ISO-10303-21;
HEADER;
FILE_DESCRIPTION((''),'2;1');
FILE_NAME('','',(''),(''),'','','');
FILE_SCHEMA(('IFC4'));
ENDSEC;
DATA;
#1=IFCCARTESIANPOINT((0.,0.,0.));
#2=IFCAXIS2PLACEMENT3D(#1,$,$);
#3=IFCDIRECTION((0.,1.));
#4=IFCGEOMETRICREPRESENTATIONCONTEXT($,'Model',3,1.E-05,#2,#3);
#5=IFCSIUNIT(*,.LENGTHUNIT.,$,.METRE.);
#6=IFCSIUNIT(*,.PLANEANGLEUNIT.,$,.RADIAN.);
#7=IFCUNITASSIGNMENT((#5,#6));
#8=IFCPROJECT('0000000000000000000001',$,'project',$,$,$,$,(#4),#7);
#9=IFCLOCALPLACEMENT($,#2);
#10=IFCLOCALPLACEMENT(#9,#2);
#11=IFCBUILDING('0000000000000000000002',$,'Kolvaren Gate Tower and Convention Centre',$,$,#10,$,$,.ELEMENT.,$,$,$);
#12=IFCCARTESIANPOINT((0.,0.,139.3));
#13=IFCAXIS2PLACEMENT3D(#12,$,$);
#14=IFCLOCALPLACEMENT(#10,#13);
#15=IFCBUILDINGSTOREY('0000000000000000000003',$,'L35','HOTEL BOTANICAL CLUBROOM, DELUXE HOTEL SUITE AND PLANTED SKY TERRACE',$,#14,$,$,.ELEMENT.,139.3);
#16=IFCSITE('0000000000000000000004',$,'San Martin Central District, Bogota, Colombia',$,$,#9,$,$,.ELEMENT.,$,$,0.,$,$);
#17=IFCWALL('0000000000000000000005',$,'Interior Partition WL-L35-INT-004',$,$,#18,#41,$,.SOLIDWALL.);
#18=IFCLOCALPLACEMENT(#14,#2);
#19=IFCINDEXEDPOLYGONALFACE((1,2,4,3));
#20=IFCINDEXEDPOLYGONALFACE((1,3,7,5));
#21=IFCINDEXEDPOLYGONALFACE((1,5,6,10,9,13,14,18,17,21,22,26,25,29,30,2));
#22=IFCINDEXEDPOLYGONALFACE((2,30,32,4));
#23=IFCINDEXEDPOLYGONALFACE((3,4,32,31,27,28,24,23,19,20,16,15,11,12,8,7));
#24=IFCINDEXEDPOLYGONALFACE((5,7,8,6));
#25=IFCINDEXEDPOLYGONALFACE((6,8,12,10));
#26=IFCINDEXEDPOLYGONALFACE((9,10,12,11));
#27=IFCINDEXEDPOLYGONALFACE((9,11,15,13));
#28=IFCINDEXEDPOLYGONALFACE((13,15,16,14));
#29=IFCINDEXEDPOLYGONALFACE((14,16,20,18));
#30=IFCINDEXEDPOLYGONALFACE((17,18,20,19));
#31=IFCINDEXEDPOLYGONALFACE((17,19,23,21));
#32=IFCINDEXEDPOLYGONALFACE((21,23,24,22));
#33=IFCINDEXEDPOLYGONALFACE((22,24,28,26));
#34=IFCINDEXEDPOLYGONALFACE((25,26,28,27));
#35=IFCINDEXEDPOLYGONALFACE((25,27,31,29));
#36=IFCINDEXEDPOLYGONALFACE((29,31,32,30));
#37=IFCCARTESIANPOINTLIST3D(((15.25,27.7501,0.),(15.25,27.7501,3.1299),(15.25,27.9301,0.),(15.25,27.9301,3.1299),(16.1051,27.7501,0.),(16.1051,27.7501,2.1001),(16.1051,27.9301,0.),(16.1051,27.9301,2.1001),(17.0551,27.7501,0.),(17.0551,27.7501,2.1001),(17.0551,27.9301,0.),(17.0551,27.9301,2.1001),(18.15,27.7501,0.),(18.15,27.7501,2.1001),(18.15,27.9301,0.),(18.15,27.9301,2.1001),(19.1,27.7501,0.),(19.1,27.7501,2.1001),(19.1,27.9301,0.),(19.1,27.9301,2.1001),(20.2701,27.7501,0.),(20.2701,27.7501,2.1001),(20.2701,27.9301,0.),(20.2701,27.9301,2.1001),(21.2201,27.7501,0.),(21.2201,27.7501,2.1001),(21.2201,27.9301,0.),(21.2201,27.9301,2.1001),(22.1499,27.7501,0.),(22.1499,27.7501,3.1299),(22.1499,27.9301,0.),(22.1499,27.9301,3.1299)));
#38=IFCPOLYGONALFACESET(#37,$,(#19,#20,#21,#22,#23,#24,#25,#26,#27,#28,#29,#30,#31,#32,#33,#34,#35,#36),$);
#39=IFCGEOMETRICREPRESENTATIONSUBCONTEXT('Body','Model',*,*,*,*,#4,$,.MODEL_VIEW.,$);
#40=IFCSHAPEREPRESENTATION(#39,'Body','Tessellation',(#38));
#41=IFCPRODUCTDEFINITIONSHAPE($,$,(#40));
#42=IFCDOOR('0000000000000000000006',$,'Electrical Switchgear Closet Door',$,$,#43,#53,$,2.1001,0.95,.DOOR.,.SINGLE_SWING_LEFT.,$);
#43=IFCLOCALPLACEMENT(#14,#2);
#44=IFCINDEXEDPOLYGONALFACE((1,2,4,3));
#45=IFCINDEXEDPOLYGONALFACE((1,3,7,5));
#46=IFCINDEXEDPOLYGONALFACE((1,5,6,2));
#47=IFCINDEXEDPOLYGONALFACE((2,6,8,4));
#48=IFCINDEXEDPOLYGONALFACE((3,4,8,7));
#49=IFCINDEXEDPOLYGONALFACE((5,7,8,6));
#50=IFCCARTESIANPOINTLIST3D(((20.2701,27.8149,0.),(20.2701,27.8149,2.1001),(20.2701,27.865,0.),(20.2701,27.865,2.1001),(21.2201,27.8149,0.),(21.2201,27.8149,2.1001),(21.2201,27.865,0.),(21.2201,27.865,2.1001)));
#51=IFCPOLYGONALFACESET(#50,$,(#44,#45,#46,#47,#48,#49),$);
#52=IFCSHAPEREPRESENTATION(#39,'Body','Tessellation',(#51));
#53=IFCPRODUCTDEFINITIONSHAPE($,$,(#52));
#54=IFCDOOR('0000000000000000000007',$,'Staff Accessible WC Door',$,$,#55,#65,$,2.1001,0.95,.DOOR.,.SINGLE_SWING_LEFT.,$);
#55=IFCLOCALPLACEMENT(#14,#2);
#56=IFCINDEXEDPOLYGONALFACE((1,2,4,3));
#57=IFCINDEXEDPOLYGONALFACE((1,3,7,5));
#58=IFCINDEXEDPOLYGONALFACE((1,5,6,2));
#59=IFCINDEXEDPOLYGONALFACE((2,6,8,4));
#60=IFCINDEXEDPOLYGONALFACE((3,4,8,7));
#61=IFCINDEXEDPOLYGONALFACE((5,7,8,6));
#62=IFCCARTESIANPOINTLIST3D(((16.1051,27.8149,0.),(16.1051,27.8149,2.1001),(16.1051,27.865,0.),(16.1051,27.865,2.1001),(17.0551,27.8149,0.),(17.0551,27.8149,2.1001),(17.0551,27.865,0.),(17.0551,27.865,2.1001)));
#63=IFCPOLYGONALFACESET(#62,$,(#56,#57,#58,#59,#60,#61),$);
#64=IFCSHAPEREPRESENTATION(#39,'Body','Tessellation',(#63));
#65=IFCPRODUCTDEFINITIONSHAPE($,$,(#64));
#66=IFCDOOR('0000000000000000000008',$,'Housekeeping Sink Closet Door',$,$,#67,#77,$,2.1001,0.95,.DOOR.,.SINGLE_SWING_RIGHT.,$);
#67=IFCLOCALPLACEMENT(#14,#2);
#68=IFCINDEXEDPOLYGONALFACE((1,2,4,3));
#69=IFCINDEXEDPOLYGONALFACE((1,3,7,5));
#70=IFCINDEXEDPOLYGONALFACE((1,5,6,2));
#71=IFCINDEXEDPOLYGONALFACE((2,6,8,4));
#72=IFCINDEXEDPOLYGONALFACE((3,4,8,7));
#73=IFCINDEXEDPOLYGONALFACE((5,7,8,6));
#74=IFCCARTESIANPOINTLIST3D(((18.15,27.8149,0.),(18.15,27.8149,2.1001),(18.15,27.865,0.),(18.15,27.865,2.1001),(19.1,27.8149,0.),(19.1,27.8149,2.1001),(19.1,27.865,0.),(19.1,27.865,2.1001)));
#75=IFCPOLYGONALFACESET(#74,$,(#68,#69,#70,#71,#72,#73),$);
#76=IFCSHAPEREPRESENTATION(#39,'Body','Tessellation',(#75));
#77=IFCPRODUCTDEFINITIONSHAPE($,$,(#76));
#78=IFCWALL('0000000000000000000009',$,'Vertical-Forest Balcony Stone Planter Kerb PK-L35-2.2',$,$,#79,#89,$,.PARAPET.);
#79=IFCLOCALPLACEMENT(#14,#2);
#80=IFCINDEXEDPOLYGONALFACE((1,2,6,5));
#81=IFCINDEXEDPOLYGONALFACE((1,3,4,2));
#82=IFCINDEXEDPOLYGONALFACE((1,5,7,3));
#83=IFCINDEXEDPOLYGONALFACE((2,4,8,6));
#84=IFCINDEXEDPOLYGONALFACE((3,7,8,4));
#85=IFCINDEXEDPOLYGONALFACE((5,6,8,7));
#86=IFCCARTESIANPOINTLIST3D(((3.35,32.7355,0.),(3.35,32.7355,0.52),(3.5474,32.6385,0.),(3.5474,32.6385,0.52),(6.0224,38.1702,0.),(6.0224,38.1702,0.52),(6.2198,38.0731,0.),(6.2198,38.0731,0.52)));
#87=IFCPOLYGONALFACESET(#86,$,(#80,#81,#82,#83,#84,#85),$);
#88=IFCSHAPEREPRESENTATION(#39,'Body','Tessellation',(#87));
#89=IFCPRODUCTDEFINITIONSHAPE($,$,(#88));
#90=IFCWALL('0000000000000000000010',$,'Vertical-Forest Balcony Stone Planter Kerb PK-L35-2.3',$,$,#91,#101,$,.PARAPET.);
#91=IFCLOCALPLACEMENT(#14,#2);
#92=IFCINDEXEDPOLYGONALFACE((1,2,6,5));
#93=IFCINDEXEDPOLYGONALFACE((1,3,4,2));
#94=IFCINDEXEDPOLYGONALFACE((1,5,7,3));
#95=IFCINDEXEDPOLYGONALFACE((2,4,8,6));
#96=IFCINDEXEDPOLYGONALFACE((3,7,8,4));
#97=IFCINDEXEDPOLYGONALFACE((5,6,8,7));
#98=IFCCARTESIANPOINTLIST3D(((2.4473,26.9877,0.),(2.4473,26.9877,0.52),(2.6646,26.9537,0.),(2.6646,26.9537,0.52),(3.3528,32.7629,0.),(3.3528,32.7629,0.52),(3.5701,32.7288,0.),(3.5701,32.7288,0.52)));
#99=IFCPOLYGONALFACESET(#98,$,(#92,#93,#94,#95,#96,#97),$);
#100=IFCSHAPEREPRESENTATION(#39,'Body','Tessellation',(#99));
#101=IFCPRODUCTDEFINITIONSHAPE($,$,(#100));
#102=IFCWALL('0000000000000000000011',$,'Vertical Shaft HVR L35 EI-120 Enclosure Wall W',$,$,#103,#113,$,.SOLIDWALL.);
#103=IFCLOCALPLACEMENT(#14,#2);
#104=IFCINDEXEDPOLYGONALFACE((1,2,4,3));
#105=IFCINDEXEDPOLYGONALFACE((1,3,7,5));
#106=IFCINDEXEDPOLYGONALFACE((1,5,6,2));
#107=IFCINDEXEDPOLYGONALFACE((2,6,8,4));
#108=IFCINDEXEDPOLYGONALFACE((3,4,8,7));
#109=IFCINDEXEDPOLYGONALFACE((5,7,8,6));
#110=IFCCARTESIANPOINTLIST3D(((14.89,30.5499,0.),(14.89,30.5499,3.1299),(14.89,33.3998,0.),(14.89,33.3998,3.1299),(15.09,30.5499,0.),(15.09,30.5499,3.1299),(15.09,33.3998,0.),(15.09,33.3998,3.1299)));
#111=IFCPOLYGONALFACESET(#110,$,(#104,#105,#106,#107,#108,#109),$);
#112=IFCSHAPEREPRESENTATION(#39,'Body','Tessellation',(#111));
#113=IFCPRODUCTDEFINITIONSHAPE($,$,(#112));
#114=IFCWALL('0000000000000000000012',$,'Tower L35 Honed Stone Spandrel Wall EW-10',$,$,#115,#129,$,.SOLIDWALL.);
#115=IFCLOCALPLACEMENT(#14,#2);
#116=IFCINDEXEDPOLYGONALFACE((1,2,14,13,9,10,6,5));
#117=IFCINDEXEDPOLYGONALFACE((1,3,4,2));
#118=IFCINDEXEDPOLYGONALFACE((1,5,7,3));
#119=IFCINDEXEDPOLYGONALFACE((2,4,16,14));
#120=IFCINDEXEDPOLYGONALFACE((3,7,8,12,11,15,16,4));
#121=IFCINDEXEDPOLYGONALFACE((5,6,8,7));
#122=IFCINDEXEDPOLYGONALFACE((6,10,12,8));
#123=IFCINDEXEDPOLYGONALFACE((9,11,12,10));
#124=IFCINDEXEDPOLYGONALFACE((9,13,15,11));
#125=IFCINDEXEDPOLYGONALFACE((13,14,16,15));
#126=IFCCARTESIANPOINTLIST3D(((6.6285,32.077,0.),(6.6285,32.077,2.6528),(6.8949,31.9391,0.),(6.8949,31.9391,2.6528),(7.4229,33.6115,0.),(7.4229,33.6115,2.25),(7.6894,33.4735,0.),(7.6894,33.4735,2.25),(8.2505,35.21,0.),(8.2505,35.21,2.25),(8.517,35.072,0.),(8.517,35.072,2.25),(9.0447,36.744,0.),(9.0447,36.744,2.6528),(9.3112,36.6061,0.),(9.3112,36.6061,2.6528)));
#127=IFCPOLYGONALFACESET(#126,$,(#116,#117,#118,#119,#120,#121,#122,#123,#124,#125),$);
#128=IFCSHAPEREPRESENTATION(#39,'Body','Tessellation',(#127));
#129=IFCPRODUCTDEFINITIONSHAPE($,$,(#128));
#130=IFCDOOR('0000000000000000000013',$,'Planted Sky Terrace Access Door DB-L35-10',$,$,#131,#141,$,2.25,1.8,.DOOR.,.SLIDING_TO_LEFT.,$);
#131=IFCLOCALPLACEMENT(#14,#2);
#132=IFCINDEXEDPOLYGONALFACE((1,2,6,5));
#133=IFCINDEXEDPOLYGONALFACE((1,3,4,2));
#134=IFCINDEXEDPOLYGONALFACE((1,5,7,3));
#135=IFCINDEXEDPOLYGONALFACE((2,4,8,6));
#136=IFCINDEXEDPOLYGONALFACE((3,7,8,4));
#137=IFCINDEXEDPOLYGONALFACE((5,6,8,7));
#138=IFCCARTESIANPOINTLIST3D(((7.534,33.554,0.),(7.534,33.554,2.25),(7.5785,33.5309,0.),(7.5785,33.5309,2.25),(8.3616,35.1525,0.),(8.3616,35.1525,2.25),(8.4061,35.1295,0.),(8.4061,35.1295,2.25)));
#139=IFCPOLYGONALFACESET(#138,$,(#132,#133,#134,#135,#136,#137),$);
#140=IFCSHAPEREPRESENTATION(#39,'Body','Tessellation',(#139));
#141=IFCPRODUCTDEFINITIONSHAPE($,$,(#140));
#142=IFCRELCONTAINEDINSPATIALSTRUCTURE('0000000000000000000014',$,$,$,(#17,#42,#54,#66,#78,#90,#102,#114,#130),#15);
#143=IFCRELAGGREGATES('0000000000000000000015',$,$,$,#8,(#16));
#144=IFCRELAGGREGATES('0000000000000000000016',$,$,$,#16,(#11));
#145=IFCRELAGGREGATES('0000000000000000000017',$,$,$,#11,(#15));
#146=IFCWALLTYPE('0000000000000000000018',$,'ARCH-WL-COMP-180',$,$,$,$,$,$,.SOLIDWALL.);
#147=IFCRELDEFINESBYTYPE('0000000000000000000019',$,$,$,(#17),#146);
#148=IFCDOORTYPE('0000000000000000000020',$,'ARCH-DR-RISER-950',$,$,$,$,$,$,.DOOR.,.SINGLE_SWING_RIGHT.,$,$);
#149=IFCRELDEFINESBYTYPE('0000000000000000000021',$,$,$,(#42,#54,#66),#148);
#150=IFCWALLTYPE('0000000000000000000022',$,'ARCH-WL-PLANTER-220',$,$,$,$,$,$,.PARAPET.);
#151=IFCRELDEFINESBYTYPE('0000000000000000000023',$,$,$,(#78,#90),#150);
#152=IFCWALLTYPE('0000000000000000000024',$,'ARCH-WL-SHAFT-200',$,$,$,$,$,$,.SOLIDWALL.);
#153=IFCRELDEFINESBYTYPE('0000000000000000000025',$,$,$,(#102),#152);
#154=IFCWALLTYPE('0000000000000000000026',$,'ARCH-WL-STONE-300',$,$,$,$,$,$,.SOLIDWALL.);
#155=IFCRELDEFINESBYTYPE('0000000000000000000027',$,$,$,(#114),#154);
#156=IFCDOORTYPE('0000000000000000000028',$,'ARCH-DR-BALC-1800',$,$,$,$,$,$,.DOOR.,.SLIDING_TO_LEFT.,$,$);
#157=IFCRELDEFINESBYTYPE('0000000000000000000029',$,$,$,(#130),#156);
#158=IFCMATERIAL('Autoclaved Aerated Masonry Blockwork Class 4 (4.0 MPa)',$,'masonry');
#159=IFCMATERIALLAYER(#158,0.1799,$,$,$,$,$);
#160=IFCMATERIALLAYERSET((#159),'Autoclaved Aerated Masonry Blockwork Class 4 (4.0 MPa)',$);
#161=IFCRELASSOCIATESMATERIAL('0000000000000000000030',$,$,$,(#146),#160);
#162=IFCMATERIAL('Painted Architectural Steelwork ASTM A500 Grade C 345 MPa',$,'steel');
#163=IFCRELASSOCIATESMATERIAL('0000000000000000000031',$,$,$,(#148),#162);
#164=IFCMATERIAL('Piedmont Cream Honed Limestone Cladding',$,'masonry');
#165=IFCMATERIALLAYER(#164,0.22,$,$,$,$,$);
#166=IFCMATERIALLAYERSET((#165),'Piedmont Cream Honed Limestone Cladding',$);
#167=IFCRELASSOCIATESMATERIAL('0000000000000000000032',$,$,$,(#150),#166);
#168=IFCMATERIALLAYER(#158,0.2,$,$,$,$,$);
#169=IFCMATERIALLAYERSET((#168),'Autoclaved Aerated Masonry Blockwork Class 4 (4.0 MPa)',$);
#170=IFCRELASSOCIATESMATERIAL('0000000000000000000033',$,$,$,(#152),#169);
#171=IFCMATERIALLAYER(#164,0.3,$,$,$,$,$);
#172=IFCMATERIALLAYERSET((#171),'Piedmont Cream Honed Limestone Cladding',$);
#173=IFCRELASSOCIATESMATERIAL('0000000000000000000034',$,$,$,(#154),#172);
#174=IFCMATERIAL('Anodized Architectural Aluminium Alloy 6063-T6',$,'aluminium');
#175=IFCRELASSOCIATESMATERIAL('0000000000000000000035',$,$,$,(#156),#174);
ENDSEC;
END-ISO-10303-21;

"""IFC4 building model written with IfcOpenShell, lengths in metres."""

from ifc_helpers import new_model, si_unit, direction, frame, frame_2d, origin, place, context, subcontext, project, spatial, rectangle, extrude, material, layer, layer_set, type_object, element, fill, save


model = new_model("IFC4")

# Units and contexts
model_context = context("Model", 3, precision=1e-05, world=origin(), true_north=direction((0.0, 1.0)))
body_context = subcontext(model_context, "Body", "Model", "MODEL_VIEW")
ifc_project = project(units=[si_unit("LENGTHUNIT", "METRE"), si_unit("PLANEANGLEUNIT", "RADIAN")], contexts=[model_context])

# Site, building, storey
site_placement = place(None, origin())
site = spatial("IfcSite", under=ifc_project, at=site_placement, Name="San Martin Central District, Bogota, Colombia", CompositionType="ELEMENT", RefElevation=0.0)
building_placement = place(site_placement, origin())
building = spatial("IfcBuilding", under=site, at=building_placement, Name="Kolvaren Gate Tower and Convention Centre", CompositionType="ELEMENT")
storey_placement = place(building_placement, frame((0.0, 0.0, 139.3)))
storey = spatial("IfcBuildingStorey", under=building, at=storey_placement, Name="L35", Description="HOTEL BOTANICAL CLUBROOM, DELUXE HOTEL SUITE AND PLANTED SKY TERRACE", CompositionType="ELEMENT", Elevation=139.3)

# Wall, openings, doors
ifc_material_1 = material(Name="Autoclaved Aerated Masonry Blockwork Class 4 (4.0 MPa)", Category="masonry")
ifc_layer_1 = layer(ifc_material_1, 0.1799)
ifc_layer_set_1 = layer_set([ifc_layer_1], Name="Autoclaved Aerated Masonry Blockwork Class 4 (4.0 MPa)")
wall_type_1 = type_object("IfcWallType", Name="ARCH-WL-COMP-180", PredefinedType="SOLIDWALL", material=ifc_layer_set_1)
wall_1_placement = place(storey_placement, frame((15.25, 27.8401, 0.0), z_axis=(0.0, 0.0, 1.0), x_axis=(1.0, 0.0, 0.0)))
wall_1 = element("IfcWall", 1, at=wall_1_placement, inside=storey, type_object=wall_type_1, Name="Interior Partition WL-L35-INT-004", PredefinedType="SOLIDWALL", context=body_context, shape_type="SweptSolid", body=[
    extrude(rectangle(XDim=6.8999, YDim=0.1799, at=frame_2d((3.45, 0.0))), origin(), (0.0, 0.0, 1.0), 3.1299),
])
opening_1_placement = place(wall_1_placement, frame((5.02, 0.0, 0.0)))
opening_1 = element("IfcOpeningElement", 2, at=opening_1_placement, cuts=wall_1, PredefinedType="OPENING", context=body_context, shape_type="SweptSolid", body=[
    extrude(rectangle(XDim=0.95, YDim=2.1001, at=frame_2d((0.4751, 1.05))), frame((0.0, 0.0999, 0.0), z_axis=(0.0, -1.0, 0.0), x_axis=(1.0, 0.0, 0.0)), (0.0, 0.0, 1.0), 0.2),
])
opening_2_placement = place(wall_1_placement, frame((0.855, 0.0, 0.0)))
opening_2 = element("IfcOpeningElement", 3, at=opening_2_placement, cuts=wall_1, PredefinedType="OPENING", context=body_context, shape_type="SweptSolid", body=[
    extrude(rectangle(XDim=0.95, YDim=2.1001, at=frame_2d((0.4751, 1.05))), frame((0.0, 0.0999, 0.0), z_axis=(0.0, -1.0, 0.0), x_axis=(1.0, 0.0, 0.0)), (0.0, 0.0, 1.0), 0.2),
])
opening_3_placement = place(wall_1_placement, frame((2.8999, 0.0, 0.0)))
opening_3 = element("IfcOpeningElement", 4, at=opening_3_placement, cuts=wall_1, PredefinedType="OPENING", context=body_context, shape_type="SweptSolid", body=[
    extrude(rectangle(XDim=0.95, YDim=2.1001, at=frame_2d((0.4751, 1.05))), frame((0.0, 0.0999, 0.0), z_axis=(0.0, -1.0, 0.0), x_axis=(1.0, 0.0, 0.0)), (0.0, 0.0, 1.0), 0.2),
])
ifc_material_2 = material(Name="Painted Architectural Steelwork ASTM A500 Grade C 345 MPa", Category="steel")
door_type_1 = type_object("IfcDoorType", Name="ARCH-DR-RISER-950", OperationType="SINGLE_SWING_RIGHT", PredefinedType="DOOR", material=ifc_material_2)
door_1_placement = place(opening_1_placement, origin())
door_1 = element("IfcDoor", 5, at=door_1_placement, inside=storey, type_object=door_type_1, Name="Electrical Switchgear Closet Door", OperationType="SINGLE_SWING_LEFT", OverallHeight=2.1001, OverallWidth=0.95, PredefinedType="DOOR", context=body_context, shape_type="SweptSolid", body=[
    extrude(rectangle(XDim=0.95, YDim=2.1001, at=frame_2d((0.4751, 1.05))), frame((0.0, 0.0249, 0.0), z_axis=(0.0, -1.0, 0.0), x_axis=(1.0, 0.0, 0.0)), (0.0, 0.0, 1.0), 0.05),
])
fill(opening_1, door_1)
door_2_placement = place(opening_2_placement, origin())
door_2 = element("IfcDoor", 6, at=door_2_placement, inside=storey, type_object=door_type_1, Name="Staff Accessible WC Door", OperationType="SINGLE_SWING_LEFT", OverallHeight=2.1001, OverallWidth=0.95, PredefinedType="DOOR", context=body_context, shape_type="SweptSolid", body=[
    extrude(rectangle(XDim=0.95, YDim=2.1001, at=frame_2d((0.4751, 1.05))), frame((0.0, 0.0249, 0.0), z_axis=(0.0, -1.0, 0.0), x_axis=(1.0, 0.0, 0.0)), (0.0, 0.0, 1.0), 0.05),
])
fill(opening_2, door_2)
door_3_placement = place(opening_3_placement, origin())
door_3 = element("IfcDoor", 7, at=door_3_placement, inside=storey, type_object=door_type_1, Name="Housekeeping Sink Closet Door", OperationType="SINGLE_SWING_RIGHT", OverallHeight=2.1001, OverallWidth=0.95, PredefinedType="DOOR", context=body_context, shape_type="SweptSolid", body=[
    extrude(rectangle(XDim=0.95, YDim=2.1001, at=frame_2d((0.4751, 1.05))), frame((0.0, 0.0249, 0.0), z_axis=(0.0, -1.0, 0.0), x_axis=(1.0, 0.0, 0.0)), (0.0, 0.0, 1.0), 0.05),
])
fill(opening_3, door_3)

# Walls
ifc_material_3 = material(Name="Piedmont Cream Honed Limestone Cladding", Category="masonry")
ifc_layer_2 = layer(ifc_material_3, 0.22)
ifc_layer_set_2 = layer_set([ifc_layer_2], Name="Piedmont Cream Honed Limestone Cladding")
wall_type_2 = type_object("IfcWallType", Name="ARCH-WL-PLANTER-220", PredefinedType="PARAPET", material=ifc_layer_set_2)
wall_2_placement = place(storey_placement, frame((3.4487, 32.687, 0.0), z_axis=(0.0, 0.0, 1.0), x_axis=(0.44127, 0.897375, 0.0)))
element("IfcWall", 8, at=wall_2_placement, inside=storey, type_object=wall_type_2, Name="Vertical-Forest Balcony Stone Planter Kerb PK-L35-2.2", PredefinedType="PARAPET", context=body_context, shape_type="SweptSolid", body=[
    extrude(rectangle(XDim=6.0562, YDim=0.22, at=frame_2d((3.0281, 0.0))), origin(), (0.0, 0.0, 1.0), 0.52),
])
wall_3_placement = place(storey_placement, frame((2.5559, 26.9707, 0.0), z_axis=(0.0, 0.0, 1.0), x_axis=(0.154903, 0.98793, 0.0)))
element("IfcWall", 9, at=wall_3_placement, inside=storey, type_object=wall_type_2, Name="Vertical-Forest Balcony Stone Planter Kerb PK-L35-2.3", PredefinedType="PARAPET", context=body_context, shape_type="SweptSolid", body=[
    extrude(rectangle(XDim=5.8457, YDim=0.22, at=frame_2d((2.9229, 0.0))), origin(), (0.0, 0.0, 1.0), 0.52),
])
ifc_layer_3 = layer(ifc_material_1, 0.2)
ifc_layer_set_3 = layer_set([ifc_layer_3], Name="Autoclaved Aerated Masonry Blockwork Class 4 (4.0 MPa)")
wall_type_3 = type_object("IfcWallType", Name="ARCH-WL-SHAFT-200", PredefinedType="SOLIDWALL", material=ifc_layer_set_3)
wall_4_placement = place(storey_placement, frame((14.99, 30.55, 0.0), z_axis=(0.0, 0.0, 1.0), x_axis=(0.0, 1.0, 0.0)))
element("IfcWall", 10, at=wall_4_placement, inside=storey, type_object=wall_type_3, Name="Vertical Shaft HVR L35 EI-120 Enclosure Wall W", PredefinedType="SOLIDWALL", context=body_context, shape_type="SweptSolid", body=[
    extrude(rectangle(XDim=2.8499, YDim=0.2, at=frame_2d((1.4248, 0.0))), origin(), (0.0, 0.0, 1.0), 3.1299),
])

# Wall, opening, door
ifc_layer_4 = layer(ifc_material_3, 0.3)
ifc_layer_set_4 = layer_set([ifc_layer_4], Name="Piedmont Cream Honed Limestone Cladding")
wall_type_4 = type_object("IfcWallType", Name="ARCH-WL-STONE-300", PredefinedType="SOLIDWALL", material=ifc_layer_set_4)
wall_5_placement = place(storey_placement, frame((6.7617, 32.0081, 0.0), z_axis=(0.0, 0.0, 1.0), x_axis=(0.459768, 0.888039, 0.0)))
wall_5 = element("IfcWall", 11, at=wall_5_placement, inside=storey, type_object=wall_type_4, Name="Tower L35 Honed Stone Spandrel Wall EW-10", PredefinedType="SOLIDWALL", context=body_context, shape_type="SweptSolid", body=[
    extrude(rectangle(XDim=5.2554, YDim=0.3, at=frame_2d((2.6277, 0.0))), origin(), (0.0, 0.0, 1.0), 2.6528),
])
opening_4_placement = place(wall_5_placement, frame((1.728, 0.0, 0.0)))
opening_4 = element("IfcOpeningElement", 12, at=opening_4_placement, cuts=wall_5, PredefinedType="OPENING", context=body_context, shape_type="SweptSolid", body=[
    extrude(rectangle(XDim=1.8, YDim=2.25, at=frame_2d((0.8999, 1.125))), frame((0.0, 0.1599, 0.0), z_axis=(0.0, -1.0, 0.0), x_axis=(1.0, 0.0, 0.0)), (0.0, 0.0, 1.0), 0.3201),
])
ifc_material_4 = material(Name="Anodized Architectural Aluminium Alloy 6063-T6", Category="aluminium")
door_type_2 = type_object("IfcDoorType", Name="ARCH-DR-BALC-1800", OperationType="SLIDING_TO_LEFT", PredefinedType="DOOR", material=ifc_material_4)
door_4_placement = place(opening_4_placement, origin())
door_4 = element("IfcDoor", 13, at=door_4_placement, inside=storey, type_object=door_type_2, Name="Planted Sky Terrace Access Door DB-L35-10", OperationType="SLIDING_TO_LEFT", OverallHeight=2.25, OverallWidth=1.8, PredefinedType="DOOR", context=body_context, shape_type="SweptSolid", body=[
    extrude(rectangle(XDim=1.8, YDim=2.25, at=frame_2d((0.8999, 1.125))), frame((0.0, 0.0249, 0.0), z_axis=(0.0, -1.0, 0.0), x_axis=(1.0, 0.0, 0.0)), (0.0, 0.0, 1.0), 0.05),
])
fill(opening_4, door_4)

save(model, "model.ifc")
